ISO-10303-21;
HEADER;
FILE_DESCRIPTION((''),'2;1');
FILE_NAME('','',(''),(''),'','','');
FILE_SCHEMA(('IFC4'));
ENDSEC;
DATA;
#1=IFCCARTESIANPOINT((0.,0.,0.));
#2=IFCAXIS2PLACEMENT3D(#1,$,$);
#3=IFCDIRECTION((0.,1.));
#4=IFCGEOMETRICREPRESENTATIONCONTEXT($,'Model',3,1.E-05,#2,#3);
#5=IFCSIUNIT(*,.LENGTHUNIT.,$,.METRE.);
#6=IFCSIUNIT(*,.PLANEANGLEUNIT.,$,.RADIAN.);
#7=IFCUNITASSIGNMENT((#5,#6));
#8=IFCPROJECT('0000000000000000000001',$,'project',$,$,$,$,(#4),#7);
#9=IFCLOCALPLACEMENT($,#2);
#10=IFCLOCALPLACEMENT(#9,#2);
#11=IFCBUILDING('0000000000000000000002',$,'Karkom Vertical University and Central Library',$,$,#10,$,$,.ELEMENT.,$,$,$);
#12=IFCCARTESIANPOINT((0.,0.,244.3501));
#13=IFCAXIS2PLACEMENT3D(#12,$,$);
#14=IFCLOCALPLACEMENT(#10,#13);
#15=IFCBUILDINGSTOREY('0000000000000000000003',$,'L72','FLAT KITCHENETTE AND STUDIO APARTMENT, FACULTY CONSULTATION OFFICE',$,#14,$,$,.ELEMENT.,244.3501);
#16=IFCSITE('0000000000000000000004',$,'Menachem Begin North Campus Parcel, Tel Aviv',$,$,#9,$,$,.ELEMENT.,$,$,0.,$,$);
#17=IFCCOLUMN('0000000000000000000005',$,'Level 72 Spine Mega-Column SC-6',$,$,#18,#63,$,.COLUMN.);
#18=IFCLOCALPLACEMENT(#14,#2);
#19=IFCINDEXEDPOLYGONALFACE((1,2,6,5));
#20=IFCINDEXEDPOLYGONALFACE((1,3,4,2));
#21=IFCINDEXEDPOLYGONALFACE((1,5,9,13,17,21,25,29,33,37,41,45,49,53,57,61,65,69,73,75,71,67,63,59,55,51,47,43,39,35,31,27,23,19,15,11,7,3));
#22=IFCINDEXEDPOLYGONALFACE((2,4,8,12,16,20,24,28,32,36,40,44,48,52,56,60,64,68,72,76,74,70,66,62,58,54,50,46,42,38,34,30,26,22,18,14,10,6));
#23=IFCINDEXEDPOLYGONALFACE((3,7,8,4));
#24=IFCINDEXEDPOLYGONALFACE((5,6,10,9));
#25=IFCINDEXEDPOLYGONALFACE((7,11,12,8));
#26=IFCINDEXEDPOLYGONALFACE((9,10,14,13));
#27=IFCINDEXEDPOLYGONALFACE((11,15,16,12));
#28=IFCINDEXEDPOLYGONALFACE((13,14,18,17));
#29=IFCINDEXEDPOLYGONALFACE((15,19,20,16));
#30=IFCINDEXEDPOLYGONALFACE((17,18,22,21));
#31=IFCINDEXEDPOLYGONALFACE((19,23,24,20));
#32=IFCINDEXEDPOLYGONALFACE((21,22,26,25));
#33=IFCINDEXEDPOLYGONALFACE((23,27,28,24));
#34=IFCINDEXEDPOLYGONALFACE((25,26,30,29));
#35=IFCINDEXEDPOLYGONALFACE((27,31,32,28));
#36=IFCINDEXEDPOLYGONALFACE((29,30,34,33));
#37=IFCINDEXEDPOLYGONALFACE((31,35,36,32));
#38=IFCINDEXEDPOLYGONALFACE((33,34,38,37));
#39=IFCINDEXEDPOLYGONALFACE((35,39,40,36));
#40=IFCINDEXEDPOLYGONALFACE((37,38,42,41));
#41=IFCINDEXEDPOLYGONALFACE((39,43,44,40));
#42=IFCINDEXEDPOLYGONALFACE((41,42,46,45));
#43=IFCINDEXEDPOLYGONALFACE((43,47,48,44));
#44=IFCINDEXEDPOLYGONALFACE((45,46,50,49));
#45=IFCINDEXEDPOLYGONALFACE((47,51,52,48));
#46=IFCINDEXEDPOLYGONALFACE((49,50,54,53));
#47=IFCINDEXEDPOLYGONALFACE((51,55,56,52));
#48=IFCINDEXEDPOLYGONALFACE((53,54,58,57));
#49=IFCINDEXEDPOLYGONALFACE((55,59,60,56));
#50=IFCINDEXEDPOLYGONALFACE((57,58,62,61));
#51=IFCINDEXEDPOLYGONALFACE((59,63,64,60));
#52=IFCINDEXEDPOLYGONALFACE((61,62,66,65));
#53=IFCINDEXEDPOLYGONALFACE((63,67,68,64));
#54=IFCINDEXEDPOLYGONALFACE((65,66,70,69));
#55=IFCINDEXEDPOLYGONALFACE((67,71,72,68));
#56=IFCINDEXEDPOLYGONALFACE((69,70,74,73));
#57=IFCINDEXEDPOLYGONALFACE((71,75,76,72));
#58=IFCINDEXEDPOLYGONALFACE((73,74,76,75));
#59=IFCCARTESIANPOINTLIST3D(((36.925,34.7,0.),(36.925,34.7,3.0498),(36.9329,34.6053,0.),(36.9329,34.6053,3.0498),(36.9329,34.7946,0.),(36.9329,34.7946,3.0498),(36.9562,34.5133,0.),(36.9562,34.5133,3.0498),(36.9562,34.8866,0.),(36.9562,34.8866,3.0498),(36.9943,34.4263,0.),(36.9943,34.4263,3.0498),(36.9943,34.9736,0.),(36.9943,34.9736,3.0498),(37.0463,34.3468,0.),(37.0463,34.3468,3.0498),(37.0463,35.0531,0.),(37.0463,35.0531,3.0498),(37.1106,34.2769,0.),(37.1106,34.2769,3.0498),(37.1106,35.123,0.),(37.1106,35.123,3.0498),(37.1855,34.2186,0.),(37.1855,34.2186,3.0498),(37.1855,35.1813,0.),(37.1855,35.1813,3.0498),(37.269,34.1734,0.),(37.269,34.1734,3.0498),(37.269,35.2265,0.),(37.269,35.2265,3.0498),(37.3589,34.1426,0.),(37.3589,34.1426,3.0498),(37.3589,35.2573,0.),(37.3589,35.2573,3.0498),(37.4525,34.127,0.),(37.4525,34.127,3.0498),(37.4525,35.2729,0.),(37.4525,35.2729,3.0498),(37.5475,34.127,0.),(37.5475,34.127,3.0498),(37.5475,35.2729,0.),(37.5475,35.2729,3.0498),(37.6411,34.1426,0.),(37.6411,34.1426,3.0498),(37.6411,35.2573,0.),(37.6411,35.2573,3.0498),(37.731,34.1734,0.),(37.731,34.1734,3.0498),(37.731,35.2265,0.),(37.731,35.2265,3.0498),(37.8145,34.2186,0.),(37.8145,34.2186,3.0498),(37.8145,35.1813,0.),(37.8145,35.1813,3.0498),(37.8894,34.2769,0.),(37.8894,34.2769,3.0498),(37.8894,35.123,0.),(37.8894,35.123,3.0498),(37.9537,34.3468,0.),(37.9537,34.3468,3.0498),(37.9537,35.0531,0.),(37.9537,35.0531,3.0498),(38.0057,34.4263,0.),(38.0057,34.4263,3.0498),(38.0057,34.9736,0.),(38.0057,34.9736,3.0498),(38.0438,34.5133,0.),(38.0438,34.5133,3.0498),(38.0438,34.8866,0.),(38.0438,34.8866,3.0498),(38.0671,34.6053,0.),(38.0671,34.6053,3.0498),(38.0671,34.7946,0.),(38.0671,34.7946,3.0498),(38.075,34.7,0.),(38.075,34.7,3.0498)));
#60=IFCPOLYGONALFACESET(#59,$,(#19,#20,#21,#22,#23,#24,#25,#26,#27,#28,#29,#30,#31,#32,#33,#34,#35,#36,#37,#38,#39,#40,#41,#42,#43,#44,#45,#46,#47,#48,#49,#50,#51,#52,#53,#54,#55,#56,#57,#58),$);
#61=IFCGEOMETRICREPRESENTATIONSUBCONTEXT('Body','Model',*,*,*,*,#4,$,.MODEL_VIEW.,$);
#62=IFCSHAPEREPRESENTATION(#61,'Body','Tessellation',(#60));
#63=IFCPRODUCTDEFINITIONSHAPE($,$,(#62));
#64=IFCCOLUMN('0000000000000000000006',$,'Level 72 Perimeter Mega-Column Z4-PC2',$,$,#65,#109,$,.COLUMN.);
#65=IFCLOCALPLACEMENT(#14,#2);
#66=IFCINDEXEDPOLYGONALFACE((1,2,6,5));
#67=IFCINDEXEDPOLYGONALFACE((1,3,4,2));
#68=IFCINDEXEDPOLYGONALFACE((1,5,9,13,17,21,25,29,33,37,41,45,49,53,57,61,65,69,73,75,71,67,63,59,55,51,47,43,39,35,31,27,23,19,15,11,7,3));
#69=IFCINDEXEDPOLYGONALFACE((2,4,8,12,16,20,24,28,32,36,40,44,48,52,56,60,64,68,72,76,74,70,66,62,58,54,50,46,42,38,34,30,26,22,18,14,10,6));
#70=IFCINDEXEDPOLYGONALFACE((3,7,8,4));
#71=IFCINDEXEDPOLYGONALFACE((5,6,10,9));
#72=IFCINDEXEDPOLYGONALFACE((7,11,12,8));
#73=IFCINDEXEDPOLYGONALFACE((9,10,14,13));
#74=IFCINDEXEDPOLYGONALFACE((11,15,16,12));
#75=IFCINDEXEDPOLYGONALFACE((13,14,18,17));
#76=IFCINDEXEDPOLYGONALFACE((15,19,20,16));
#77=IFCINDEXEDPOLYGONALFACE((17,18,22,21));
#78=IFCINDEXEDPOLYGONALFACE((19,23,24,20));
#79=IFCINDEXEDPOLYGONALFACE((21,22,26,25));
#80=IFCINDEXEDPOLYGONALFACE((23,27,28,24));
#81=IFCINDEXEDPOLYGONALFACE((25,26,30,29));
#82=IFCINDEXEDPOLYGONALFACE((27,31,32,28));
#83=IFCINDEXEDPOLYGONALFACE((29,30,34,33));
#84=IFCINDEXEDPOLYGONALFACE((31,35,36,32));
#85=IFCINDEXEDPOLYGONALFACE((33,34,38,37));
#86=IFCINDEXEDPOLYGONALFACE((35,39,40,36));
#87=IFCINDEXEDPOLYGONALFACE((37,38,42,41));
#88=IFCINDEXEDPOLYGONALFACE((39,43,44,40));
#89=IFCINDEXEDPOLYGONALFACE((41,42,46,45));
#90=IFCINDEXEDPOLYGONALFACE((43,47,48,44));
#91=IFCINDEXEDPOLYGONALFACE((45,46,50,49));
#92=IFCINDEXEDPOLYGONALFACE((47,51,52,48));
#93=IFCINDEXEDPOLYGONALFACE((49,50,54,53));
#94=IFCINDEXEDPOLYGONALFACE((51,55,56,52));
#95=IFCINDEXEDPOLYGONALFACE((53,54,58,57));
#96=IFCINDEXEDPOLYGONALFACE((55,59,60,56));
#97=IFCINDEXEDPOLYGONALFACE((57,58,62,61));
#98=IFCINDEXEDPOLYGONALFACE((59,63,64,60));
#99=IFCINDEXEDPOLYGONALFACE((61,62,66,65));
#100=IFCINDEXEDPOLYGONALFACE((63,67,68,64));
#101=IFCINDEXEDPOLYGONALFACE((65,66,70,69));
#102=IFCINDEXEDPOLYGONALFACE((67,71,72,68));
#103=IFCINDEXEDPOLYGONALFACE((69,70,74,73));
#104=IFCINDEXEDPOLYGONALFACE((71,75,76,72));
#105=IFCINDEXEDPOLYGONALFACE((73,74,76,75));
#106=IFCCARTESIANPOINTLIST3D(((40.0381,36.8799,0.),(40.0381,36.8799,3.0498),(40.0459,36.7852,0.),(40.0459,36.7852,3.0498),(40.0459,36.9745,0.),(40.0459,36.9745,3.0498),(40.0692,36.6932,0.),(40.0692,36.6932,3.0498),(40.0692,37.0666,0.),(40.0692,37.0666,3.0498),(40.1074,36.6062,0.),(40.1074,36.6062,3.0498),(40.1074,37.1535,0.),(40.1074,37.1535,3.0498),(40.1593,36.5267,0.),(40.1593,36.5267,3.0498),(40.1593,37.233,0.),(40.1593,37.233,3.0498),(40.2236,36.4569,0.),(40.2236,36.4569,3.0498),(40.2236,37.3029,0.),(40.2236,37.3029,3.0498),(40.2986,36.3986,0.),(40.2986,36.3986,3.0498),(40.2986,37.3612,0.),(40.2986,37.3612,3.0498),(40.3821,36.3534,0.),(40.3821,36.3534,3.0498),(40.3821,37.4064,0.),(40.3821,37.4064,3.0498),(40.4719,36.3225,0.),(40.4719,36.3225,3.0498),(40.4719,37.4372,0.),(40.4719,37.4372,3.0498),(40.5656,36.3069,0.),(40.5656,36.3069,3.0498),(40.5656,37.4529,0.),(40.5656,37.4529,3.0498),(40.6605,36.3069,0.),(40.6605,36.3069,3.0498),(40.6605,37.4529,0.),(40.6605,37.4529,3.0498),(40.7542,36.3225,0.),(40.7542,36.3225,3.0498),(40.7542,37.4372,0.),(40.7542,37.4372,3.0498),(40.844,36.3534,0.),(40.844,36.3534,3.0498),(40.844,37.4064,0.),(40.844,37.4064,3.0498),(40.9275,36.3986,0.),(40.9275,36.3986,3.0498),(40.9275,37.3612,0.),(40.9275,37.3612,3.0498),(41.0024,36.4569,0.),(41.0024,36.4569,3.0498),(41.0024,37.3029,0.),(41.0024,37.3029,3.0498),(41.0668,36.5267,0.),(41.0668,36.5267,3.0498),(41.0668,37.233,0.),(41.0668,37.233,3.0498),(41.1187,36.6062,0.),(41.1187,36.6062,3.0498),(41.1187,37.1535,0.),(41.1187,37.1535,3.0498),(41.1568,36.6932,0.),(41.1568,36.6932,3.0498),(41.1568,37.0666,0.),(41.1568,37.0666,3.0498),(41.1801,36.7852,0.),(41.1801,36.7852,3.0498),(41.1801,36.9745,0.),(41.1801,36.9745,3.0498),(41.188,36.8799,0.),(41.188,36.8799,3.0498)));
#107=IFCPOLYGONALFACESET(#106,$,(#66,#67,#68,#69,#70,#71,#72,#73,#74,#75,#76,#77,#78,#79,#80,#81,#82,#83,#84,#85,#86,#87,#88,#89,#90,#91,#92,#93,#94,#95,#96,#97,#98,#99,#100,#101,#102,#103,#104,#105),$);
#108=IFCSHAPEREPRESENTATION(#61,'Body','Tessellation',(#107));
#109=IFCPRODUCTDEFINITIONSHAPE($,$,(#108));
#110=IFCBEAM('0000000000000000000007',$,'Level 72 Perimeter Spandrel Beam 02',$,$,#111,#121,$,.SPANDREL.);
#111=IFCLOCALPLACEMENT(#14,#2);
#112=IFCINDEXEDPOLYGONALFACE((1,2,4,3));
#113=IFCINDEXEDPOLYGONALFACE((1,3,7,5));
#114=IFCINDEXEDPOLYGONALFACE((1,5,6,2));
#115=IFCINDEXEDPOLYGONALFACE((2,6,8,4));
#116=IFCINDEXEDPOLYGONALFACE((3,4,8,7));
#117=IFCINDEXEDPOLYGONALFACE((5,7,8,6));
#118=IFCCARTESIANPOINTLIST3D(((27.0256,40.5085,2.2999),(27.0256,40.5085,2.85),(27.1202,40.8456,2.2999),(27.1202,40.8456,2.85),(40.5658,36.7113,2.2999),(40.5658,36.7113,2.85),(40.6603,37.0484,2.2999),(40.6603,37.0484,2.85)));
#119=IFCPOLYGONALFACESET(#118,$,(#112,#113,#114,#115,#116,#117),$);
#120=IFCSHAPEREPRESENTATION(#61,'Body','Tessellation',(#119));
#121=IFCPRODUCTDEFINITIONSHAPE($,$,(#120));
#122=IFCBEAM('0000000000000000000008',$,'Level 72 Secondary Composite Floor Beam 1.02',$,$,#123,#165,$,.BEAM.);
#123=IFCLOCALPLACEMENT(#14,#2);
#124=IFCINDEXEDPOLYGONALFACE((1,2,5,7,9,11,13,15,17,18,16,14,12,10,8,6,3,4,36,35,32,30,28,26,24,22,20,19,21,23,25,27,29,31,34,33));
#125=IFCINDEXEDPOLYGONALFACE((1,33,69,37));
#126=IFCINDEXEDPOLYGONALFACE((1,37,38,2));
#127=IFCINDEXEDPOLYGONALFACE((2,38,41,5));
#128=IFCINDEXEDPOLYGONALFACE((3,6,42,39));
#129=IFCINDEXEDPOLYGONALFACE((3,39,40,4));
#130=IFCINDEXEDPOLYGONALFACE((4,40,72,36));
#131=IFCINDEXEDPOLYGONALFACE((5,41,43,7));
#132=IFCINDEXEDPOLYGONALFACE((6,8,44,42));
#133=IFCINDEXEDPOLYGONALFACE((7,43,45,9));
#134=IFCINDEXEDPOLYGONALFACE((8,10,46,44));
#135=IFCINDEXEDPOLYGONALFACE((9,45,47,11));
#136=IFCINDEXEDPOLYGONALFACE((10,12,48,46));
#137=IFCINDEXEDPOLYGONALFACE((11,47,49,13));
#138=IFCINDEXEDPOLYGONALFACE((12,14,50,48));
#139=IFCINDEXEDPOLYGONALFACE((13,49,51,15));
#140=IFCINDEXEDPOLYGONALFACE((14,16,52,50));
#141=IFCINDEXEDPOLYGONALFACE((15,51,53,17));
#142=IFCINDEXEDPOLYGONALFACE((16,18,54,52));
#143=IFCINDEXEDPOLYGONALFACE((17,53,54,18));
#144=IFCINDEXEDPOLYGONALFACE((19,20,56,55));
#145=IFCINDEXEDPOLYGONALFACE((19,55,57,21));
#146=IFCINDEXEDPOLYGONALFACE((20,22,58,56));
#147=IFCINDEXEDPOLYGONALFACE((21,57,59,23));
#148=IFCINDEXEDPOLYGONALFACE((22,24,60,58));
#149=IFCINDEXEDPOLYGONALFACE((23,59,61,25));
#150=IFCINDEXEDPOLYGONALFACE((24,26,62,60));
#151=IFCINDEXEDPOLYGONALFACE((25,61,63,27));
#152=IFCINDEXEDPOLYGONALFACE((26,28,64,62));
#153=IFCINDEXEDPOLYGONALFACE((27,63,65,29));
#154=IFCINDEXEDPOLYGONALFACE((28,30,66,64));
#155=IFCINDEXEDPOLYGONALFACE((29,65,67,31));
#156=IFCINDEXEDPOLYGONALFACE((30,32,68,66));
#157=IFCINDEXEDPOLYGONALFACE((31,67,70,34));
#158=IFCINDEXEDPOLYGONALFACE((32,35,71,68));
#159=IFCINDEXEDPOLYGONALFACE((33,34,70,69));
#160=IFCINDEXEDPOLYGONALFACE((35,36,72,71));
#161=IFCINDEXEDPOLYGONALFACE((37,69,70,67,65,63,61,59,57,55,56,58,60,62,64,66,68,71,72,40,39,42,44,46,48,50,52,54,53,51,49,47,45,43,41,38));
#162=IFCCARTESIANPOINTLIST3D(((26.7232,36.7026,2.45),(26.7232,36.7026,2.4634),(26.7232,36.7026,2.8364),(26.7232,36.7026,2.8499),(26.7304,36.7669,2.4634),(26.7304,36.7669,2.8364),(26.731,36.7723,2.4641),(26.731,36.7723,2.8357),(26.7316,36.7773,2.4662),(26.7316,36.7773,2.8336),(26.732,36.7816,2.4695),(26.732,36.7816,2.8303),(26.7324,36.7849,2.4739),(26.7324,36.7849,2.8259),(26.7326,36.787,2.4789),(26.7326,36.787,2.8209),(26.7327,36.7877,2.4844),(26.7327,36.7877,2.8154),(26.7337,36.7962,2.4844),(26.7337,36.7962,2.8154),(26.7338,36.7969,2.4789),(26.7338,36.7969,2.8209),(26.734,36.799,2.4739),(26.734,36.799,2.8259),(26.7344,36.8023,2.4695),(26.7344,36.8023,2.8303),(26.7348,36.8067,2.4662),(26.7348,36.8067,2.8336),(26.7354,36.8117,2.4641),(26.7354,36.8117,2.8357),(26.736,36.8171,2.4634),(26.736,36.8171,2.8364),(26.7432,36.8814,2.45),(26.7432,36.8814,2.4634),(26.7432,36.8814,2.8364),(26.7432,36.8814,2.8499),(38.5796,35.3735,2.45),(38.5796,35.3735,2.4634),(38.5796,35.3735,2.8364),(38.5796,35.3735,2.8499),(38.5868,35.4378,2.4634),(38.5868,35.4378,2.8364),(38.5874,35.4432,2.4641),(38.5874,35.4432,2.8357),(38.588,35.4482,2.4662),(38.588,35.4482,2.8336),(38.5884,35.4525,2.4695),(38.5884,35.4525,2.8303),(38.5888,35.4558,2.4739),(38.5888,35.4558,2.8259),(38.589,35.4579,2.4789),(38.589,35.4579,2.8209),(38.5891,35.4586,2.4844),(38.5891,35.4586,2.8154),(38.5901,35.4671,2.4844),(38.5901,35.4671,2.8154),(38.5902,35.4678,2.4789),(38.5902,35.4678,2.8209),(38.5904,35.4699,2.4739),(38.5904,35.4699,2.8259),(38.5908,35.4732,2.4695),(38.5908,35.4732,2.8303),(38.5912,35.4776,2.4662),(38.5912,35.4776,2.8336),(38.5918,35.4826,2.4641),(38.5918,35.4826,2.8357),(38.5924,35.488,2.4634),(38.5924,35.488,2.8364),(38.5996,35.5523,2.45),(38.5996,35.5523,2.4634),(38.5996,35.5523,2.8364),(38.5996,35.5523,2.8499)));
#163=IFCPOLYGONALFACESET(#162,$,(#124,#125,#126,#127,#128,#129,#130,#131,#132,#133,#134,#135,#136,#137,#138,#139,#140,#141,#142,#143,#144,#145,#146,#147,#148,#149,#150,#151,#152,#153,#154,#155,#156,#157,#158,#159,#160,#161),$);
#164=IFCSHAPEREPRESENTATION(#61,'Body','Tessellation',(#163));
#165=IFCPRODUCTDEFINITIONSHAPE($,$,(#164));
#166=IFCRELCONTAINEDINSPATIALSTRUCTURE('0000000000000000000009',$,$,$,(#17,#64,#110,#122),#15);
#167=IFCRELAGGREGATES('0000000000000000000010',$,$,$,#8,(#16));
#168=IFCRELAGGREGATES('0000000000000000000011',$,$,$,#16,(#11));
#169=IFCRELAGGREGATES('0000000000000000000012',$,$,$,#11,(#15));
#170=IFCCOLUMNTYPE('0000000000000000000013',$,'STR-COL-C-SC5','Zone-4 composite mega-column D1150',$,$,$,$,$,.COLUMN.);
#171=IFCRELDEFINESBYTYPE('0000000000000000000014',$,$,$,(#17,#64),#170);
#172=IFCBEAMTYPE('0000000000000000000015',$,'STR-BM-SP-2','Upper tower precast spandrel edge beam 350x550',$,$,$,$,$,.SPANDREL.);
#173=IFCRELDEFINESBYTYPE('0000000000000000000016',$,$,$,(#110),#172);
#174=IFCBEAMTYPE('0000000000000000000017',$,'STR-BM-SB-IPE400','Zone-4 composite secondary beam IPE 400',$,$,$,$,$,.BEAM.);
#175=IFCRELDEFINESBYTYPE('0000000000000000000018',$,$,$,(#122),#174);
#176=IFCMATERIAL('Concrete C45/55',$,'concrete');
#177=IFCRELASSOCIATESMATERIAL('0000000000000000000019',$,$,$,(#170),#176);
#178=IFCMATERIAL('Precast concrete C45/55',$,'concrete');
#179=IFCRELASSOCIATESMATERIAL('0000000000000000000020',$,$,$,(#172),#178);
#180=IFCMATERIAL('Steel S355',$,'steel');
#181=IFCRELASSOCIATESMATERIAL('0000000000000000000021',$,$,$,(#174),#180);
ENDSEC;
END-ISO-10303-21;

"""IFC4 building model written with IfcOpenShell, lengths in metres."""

from ifc_helpers import new_model, si_unit, direction, frame, origin, origin_with_axes, origin_2d, place, context, subcontext, project, spatial, rectangle, circle, i_section, extrude, source, transform, mapped, material, material_profile, profile_set, type_object, element, save


model = new_model("IFC4")

# Units and contexts
model_context = context("Model", 3, precision=1e-05, world=origin(), true_north=direction((0.0, 1.0)))
body_context = subcontext(model_context, "Body", "Model", "MODEL_VIEW")
ifc_project = project(units=[si_unit("LENGTHUNIT", "METRE"), si_unit("PLANEANGLEUNIT", "RADIAN")], contexts=[model_context])

# Site, building, storey
site_placement = place(None, origin())
site = spatial("IfcSite", under=ifc_project, at=site_placement, Name="Menachem Begin North Campus Parcel, Tel Aviv", CompositionType="ELEMENT", RefElevation=0.0)
building_placement = place(site_placement, origin())
building = spatial("IfcBuilding", under=site, at=building_placement, Name="Karkom Vertical University and Central Library", CompositionType="ELEMENT")
storey_placement = place(building_placement, frame((0.0, 0.0, 244.3501)))
storey = spatial("IfcBuildingStorey", under=building, at=storey_placement, Name="L72", Description="FLAT KITCHENETTE AND STUDIO APARTMENT, FACULTY CONSULTATION OFFICE", CompositionType="ELEMENT", Elevation=244.3501)

# Columns
ifc_material_1 = material(Name="Concrete C45/55", Category="concrete")
ifc_material_profile_1 = material_profile(ifc_material_1, circle(Radius=0.575, at=origin_2d()), Name="CFT-D1150")
ifc_profile_set_1 = profile_set([ifc_material_profile_1], Name="Concrete C45/55")
column_type = type_object("IfcColumnType", Name="STR-COL-C-SC5", Description="Zone-4 composite mega-column D1150", PredefinedType="COLUMN", material=ifc_profile_set_1)
shared_shape_1 = source(origin_with_axes(), body_context, "Body", "SweptSolid", [
    extrude(circle(Radius=0.575, at=origin_2d()), origin(), (0.0, 0.0, 1.0), 3.0498),
])
for number, where, z_axis, x_axis, name in (
    (1, (37.5, 34.7, 0.0), (0.0, 0.0, 1.0), (1.0, 0.0, 0.0), "Level 72 Spine Mega-Column SC-6"),
    (2, (40.613, 36.8799, 0.0), (0.0, 0.0, 1.0), (1.0, 0.0, 0.0), "Level 72 Perimeter Mega-Column Z4-PC2"),
):
    element("IfcColumn", number, at=place(storey_placement, frame(where, z_axis=z_axis, x_axis=x_axis)), inside=storey, type_object=column_type, Name=name, PredefinedType="COLUMN", context=body_context, shape_type="MappedRepresentation", body=[
        mapped(shared_shape_1, transform((0.0, 0.0, 0.0), scale=1.0)),
    ])

# Beams
ifc_material_2 = material(Name="Precast concrete C45/55", Category="concrete")
ifc_material_profile_2 = material_profile(ifc_material_2, rectangle(XDim=0.3501, YDim=0.55, at=origin_2d()), Name="SPB-350x550")
ifc_profile_set_2 = profile_set([ifc_material_profile_2], Name="Precast concrete C45/55")
beam_type_1 = type_object("IfcBeamType", Name="STR-BM-SP-2", Description="Upper tower precast spandrel edge beam 350x550", PredefinedType="SPANDREL", material=ifc_profile_set_2)
shared_shape_2 = source(origin_with_axes(), body_context, "Body", "SweptSolid", [
    extrude(rectangle(XDim=0.3501, YDim=0.55, at=origin_2d()), origin(), (0.0, 0.0, 1.0), 14.0625),
])
beam_1_placement = place(storey_placement, frame((40.613, 36.8799, 2.575), z_axis=(-0.962855, 0.27002, 0.0), x_axis=(-0.27002, -0.962855, 0.0)))
element("IfcBeam", 3, at=beam_1_placement, inside=storey, type_object=beam_type_1, Name="Level 72 Perimeter Spandrel Beam 02", PredefinedType="SPANDREL", context=body_context, shape_type="MappedRepresentation", body=[
    mapped(shared_shape_2, transform((0.0, 0.0, 0.0), scale=1.0)),
])
ifc_material_3 = material(Name="Steel S355", Category="steel")
ifc_material_profile_3 = material_profile(ifc_material_3, i_section(OverallWidth=0.1799, OverallDepth=0.3999, WebThickness=0.0085, FlangeThickness=0.0134, FilletRadius=0.021, at=origin_2d()), Name="IPE 400")
ifc_profile_set_3 = profile_set([ifc_material_profile_3], Name="Steel S355")
beam_type_2 = type_object("IfcBeamType", Name="STR-BM-SB-IPE400", Description="Zone-4 composite secondary beam IPE 400", PredefinedType="BEAM", material=ifc_profile_set_3)
shared_shape_3 = source(origin_with_axes(), body_context, "Body", "SweptSolid", [
    extrude(i_section(OverallWidth=0.1799, OverallDepth=0.3999, WebThickness=0.0085, FlangeThickness=0.0134, FilletRadius=0.021, at=origin_2d()), origin(), (0.0, 0.0, 1.0), 11.9307),
])
beam_2_placement = place(storey_placement, frame((38.5896, 35.4629, 2.6499), z_axis=(-0.993775, 0.111402, 0.0), x_axis=(-0.111402, -0.993775, 0.0)))
element("IfcBeam", 4, at=beam_2_placement, inside=storey, type_object=beam_type_2, Name="Level 72 Secondary Composite Floor Beam 1.02", PredefinedType="BEAM", context=body_context, shape_type="MappedRepresentation", body=[
    mapped(shared_shape_3, transform((0.0, 0.0, 0.0), scale=1.0)),
])

save(model, "model.ifc")
